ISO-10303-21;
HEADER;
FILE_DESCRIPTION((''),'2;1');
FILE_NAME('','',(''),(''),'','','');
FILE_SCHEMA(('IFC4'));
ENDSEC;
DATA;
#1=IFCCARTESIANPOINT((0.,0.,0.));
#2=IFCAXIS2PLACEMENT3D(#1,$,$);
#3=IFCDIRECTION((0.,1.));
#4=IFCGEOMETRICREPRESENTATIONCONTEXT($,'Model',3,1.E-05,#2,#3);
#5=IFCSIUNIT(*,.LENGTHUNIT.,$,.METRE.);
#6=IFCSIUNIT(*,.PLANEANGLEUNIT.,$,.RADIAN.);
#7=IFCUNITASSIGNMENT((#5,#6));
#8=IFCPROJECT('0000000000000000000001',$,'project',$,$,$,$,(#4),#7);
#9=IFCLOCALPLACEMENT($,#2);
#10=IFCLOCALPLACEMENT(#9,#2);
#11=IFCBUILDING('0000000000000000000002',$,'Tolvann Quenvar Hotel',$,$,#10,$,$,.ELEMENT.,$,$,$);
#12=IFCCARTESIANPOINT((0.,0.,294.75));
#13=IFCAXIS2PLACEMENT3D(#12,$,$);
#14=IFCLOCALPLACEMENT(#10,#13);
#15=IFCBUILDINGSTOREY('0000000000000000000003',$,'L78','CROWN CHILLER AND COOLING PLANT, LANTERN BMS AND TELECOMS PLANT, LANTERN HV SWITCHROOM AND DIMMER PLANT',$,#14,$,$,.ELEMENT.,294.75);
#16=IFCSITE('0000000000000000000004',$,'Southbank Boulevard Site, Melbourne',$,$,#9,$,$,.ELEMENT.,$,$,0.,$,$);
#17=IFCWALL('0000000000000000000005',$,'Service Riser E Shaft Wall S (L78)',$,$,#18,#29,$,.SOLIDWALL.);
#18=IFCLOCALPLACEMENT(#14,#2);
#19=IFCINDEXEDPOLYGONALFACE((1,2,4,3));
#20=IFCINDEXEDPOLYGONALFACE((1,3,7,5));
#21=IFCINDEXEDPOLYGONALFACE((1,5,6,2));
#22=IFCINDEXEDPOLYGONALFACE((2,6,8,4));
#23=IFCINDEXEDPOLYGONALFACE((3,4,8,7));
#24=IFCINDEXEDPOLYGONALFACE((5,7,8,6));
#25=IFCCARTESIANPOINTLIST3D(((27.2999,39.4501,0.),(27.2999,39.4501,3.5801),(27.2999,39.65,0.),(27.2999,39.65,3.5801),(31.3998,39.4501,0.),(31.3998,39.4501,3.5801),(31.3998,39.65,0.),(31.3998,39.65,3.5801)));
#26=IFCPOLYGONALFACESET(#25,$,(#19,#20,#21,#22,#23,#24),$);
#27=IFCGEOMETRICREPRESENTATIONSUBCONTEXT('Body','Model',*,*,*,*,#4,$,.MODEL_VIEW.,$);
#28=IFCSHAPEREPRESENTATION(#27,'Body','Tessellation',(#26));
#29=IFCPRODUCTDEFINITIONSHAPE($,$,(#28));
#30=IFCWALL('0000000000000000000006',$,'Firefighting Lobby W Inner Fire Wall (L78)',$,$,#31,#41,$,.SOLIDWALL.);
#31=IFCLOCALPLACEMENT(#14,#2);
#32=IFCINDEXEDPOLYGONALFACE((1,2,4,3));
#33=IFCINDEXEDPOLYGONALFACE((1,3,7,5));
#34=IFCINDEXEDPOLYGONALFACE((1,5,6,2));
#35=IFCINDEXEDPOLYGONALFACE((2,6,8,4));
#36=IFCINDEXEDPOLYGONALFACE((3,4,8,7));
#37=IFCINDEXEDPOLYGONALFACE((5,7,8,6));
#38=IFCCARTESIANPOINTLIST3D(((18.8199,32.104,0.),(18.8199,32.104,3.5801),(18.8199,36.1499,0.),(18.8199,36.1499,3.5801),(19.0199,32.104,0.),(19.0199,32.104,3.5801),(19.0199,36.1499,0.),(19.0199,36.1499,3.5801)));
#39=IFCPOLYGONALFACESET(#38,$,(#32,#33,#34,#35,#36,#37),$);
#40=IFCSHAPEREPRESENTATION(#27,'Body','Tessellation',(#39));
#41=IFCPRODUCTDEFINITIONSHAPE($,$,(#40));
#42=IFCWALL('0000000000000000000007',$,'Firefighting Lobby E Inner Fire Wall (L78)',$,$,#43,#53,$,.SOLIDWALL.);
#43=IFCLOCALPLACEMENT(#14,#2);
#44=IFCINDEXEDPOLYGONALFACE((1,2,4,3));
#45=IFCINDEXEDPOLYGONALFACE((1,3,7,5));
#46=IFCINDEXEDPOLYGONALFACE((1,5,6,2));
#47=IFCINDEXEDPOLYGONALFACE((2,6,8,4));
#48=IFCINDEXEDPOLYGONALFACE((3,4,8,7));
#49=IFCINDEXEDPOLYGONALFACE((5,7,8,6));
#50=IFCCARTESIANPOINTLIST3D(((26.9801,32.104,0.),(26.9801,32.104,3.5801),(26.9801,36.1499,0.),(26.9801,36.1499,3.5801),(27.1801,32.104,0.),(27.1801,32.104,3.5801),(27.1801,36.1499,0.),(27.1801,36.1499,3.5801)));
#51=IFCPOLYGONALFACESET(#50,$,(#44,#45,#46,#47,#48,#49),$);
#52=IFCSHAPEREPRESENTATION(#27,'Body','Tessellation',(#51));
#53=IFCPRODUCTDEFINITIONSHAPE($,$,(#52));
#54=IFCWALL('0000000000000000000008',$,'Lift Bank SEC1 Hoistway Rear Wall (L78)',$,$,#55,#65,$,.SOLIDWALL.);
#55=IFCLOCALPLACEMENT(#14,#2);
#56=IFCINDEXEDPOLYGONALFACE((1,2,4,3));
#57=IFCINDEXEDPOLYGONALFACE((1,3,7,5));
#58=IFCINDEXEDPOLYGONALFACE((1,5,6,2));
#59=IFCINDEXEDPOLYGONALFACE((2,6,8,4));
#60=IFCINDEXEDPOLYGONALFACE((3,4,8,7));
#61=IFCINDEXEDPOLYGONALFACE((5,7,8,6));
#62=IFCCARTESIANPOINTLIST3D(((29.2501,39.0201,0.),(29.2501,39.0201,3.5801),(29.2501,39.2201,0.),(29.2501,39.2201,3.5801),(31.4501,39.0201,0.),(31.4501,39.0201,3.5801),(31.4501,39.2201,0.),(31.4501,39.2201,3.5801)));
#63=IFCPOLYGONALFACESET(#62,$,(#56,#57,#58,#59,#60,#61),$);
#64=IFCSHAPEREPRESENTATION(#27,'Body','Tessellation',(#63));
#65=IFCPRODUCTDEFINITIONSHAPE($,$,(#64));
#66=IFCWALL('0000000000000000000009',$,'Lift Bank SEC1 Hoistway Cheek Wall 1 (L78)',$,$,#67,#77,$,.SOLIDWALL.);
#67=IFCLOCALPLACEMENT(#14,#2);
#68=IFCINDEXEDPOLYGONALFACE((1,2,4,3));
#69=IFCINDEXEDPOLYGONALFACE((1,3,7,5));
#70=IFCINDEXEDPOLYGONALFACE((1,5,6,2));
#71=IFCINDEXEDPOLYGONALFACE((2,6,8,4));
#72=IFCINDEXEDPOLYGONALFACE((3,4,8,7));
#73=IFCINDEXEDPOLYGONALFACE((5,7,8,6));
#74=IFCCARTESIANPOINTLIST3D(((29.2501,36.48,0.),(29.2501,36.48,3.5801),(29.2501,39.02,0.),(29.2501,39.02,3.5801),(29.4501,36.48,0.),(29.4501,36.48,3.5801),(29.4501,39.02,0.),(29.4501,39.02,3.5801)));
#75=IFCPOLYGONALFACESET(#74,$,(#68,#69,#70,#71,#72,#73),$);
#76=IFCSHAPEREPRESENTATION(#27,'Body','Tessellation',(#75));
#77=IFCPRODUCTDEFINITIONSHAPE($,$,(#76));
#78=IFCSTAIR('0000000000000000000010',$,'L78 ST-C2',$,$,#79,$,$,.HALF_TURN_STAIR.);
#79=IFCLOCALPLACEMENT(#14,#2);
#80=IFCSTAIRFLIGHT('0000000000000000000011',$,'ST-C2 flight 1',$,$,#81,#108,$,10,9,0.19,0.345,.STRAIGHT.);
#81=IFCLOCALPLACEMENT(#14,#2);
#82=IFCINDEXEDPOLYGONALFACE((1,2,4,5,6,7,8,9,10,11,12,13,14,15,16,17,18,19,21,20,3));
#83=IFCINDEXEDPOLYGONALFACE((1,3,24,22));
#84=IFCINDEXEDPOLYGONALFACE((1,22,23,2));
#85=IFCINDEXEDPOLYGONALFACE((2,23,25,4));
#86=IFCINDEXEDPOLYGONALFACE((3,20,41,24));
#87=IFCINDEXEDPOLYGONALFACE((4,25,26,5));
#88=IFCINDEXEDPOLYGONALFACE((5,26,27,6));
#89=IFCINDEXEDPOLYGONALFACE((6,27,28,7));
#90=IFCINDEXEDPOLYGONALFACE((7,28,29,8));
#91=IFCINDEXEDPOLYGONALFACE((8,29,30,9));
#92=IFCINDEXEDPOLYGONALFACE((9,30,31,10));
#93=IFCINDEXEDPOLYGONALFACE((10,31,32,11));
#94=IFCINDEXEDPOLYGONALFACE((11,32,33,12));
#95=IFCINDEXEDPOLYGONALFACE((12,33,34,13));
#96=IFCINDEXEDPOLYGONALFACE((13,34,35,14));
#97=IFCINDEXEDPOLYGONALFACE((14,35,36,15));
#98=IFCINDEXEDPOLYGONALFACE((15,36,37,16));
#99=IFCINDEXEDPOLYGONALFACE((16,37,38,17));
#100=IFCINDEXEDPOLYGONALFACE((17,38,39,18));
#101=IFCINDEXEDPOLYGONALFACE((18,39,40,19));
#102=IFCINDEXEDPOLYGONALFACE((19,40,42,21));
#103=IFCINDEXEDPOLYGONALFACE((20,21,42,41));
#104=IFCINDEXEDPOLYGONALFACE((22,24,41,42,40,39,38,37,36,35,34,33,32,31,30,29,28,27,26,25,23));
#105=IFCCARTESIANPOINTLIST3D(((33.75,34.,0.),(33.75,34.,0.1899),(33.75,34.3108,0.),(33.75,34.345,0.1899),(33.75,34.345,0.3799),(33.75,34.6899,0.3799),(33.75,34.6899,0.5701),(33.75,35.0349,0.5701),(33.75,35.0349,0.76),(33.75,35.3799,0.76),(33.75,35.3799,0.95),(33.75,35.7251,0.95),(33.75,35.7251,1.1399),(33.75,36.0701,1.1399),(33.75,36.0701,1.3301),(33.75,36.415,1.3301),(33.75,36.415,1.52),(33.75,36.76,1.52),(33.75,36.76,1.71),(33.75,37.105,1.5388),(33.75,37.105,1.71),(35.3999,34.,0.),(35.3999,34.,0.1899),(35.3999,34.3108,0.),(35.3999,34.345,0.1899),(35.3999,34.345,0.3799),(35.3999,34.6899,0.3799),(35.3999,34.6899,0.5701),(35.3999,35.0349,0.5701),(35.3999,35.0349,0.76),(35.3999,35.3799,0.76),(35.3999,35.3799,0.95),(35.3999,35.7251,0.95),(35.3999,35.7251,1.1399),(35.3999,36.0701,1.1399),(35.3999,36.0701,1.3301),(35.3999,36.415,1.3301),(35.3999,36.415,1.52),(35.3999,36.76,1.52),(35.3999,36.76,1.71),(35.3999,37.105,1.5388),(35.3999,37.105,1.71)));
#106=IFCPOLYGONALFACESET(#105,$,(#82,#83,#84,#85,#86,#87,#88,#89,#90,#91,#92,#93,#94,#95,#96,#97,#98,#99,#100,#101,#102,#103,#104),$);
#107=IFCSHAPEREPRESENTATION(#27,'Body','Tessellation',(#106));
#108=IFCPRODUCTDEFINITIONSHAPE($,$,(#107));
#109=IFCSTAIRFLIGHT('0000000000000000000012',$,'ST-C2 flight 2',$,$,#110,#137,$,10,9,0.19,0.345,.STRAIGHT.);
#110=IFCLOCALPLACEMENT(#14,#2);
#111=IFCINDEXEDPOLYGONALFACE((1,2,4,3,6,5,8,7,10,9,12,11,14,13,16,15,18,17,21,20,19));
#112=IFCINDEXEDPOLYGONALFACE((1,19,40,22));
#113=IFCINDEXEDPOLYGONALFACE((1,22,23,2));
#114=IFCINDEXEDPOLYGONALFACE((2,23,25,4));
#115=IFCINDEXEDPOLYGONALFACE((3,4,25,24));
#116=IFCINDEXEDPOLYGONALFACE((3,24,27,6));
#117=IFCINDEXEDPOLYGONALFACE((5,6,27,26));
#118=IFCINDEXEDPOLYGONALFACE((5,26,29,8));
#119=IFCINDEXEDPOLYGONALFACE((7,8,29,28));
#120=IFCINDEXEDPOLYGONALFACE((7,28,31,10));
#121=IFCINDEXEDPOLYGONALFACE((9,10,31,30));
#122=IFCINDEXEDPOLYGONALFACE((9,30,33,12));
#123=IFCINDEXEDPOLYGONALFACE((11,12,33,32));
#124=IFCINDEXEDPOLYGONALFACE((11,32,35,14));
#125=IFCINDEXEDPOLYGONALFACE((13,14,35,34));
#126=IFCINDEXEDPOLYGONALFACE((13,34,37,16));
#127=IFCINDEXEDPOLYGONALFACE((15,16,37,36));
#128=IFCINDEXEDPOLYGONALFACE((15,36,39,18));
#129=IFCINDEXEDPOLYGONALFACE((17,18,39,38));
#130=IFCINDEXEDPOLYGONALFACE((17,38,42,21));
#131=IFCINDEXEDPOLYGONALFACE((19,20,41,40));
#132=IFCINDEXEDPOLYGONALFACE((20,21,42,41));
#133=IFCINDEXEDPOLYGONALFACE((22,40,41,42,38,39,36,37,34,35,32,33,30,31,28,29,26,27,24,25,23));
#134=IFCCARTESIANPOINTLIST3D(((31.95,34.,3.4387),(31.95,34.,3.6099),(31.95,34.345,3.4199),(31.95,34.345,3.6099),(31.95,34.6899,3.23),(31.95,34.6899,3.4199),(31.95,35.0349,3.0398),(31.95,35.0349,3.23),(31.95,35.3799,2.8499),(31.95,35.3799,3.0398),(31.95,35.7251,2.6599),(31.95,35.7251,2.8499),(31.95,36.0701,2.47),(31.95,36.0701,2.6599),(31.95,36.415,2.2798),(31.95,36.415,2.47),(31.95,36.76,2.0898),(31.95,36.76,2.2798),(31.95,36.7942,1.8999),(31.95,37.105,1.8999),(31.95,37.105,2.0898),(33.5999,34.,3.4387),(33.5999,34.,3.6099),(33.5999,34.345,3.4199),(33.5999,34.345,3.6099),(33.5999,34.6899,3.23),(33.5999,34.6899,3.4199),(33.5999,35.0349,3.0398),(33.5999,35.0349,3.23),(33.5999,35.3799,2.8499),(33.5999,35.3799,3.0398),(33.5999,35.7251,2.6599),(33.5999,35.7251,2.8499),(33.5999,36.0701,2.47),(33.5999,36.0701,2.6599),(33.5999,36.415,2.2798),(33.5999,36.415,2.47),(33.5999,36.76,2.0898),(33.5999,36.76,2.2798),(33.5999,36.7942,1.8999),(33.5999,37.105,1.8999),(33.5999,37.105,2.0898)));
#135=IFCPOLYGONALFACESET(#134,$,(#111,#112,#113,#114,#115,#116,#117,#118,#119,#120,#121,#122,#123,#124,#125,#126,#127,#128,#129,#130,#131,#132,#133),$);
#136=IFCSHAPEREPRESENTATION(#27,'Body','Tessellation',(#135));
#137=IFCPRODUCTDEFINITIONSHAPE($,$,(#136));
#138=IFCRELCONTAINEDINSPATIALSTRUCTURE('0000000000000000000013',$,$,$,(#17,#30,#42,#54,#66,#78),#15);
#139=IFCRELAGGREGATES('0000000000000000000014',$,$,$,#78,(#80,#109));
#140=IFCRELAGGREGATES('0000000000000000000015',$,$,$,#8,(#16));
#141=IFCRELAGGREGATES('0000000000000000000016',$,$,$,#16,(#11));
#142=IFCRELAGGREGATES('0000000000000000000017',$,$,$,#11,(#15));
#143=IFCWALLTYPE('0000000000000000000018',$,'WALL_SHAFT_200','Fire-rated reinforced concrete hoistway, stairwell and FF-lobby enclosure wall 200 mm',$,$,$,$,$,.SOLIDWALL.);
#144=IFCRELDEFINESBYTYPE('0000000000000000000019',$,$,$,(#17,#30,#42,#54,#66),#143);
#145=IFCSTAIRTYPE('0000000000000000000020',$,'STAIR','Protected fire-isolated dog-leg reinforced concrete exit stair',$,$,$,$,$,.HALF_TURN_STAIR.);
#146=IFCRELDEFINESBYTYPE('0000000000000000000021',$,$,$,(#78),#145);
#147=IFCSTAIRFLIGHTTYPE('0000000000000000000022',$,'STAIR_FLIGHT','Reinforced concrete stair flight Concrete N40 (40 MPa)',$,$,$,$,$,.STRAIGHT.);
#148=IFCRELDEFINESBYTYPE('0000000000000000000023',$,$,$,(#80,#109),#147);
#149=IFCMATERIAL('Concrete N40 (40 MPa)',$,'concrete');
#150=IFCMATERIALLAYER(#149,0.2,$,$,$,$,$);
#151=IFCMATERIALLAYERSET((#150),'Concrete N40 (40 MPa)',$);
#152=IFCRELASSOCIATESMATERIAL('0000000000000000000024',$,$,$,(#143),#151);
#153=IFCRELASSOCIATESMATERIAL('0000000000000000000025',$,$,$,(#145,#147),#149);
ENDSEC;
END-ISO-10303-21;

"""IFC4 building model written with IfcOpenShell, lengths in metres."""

from ifc_helpers import new_model, si_unit, direction, frame, frame_2d, origin, place, context, subcontext, project, spatial, polyline, rectangle, outline, extrude, material, layer, layer_set, type_object, element, aggregate, save


model = new_model("IFC4")

# Units and contexts
model_context = context("Model", 3, precision=1e-05, world=origin(), true_north=direction((0.0, 1.0)))
body_context = subcontext(model_context, "Body", "Model", "MODEL_VIEW")
ifc_project = project(units=[si_unit("LENGTHUNIT", "METRE"), si_unit("PLANEANGLEUNIT", "RADIAN")], contexts=[model_context])

# Site, building, storey
site_placement = place(None, origin())
site = spatial("IfcSite", under=ifc_project, at=site_placement, Name="Southbank Boulevard Site, Melbourne", CompositionType="ELEMENT", RefElevation=0.0)
building_placement = place(site_placement, origin())
building = spatial("IfcBuilding", under=site, at=building_placement, Name="Tolvann Quenvar Hotel", CompositionType="ELEMENT")
storey_placement = place(building_placement, frame((0.0, 0.0, 294.75)))
storey = spatial("IfcBuildingStorey", under=building, at=storey_placement, Name="L78", Description="CROWN CHILLER AND COOLING PLANT, LANTERN BMS AND TELECOMS PLANT, LANTERN HV SWITCHROOM AND DIMMER PLANT", CompositionType="ELEMENT", Elevation=294.75)

# Walls
ifc_material_1 = material(Name="Concrete N40 (40 MPa)", Category="concrete")
ifc_layer_1 = layer(ifc_material_1, 0.2)
ifc_layer_set_1 = layer_set([ifc_layer_1], Name="Concrete N40 (40 MPa)")
wall_type_1 = type_object("IfcWallType", Name="WALL_SHAFT_200", Description="Fire-rated reinforced concrete hoistway, stairwell and FF-lobby enclosure wall 200 mm", PredefinedType="SOLIDWALL", material=ifc_layer_set_1)
wall_1_placement = place(storey_placement, frame((27.3, 39.55, 0.0), z_axis=(0.0, 0.0, 1.0), x_axis=(1.0, 0.0, 0.0)))
element("IfcWall", 1, at=wall_1_placement, inside=storey, type_object=wall_type_1, Name="Service Riser E Shaft Wall S (L78)", PredefinedType="SOLIDWALL", context=body_context, shape_type="SweptSolid", body=[
    extrude(rectangle(XDim=4.0999, YDim=0.2, at=frame_2d((2.0498, 0.0))), origin(), (0.0, 0.0, 1.0), 3.5801),
])
for number, where, z_axis, x_axis, name in (
    (2, (18.9199, 32.104, 0.0), (0.0, 0.0, 1.0), (0.0, 1.0, 0.0), "Firefighting Lobby W Inner Fire Wall (L78)"),
    (3, (27.0801, 32.104, 0.0), (0.0, 0.0, 1.0), (0.0, 1.0, 0.0), "Firefighting Lobby E Inner Fire Wall (L78)"),
):
    element("IfcWall", number, at=place(storey_placement, frame(where, z_axis=z_axis, x_axis=x_axis)), inside=storey, type_object=wall_type_1, Name=name, PredefinedType="SOLIDWALL", context=body_context, shape_type="SweptSolid", body=[
        extrude(rectangle(XDim=4.0459, YDim=0.2, at=frame_2d((2.0229, 0.0))), origin(), (0.0, 0.0, 1.0), 3.5801),
    ])

# Walls
wall_2_placement = place(storey_placement, frame((29.25, 39.1201, 0.0), z_axis=(0.0, 0.0, 1.0), x_axis=(1.0, 0.0, 0.0)))
element("IfcWall", 4, at=wall_2_placement, inside=storey, type_object=wall_type_1, Name="Lift Bank SEC1 Hoistway Rear Wall (L78)", PredefinedType="SOLIDWALL", context=body_context, shape_type="SweptSolid", body=[
    extrude(rectangle(XDim=2.2, YDim=0.2, at=frame_2d((1.1001, 0.0))), origin(), (0.0, 0.0, 1.0), 3.5801),
])
wall_3_placement = place(storey_placement, frame((29.3501, 36.48, 0.0), z_axis=(0.0, 0.0, 1.0), x_axis=(0.0, 1.0, 0.0)))
element("IfcWall", 5, at=wall_3_placement, inside=storey, type_object=wall_type_1, Name="Lift Bank SEC1 Hoistway Cheek Wall 1 (L78)", PredefinedType="SOLIDWALL", context=body_context, shape_type="SweptSolid", body=[
    extrude(rectangle(XDim=2.54, YDim=0.2, at=frame_2d((1.27, 0.0))), origin(), (0.0, 0.0, 1.0), 3.5801),
])

# Stair, stair flights
stair_type = type_object("IfcStairType", Name="STAIR", Description="Protected fire-isolated dog-leg reinforced concrete exit stair", PredefinedType="HALF_TURN_STAIR", material=ifc_material_1)
stair_placement = place(storey_placement, origin())
stair = element("IfcStair", 6, at=stair_placement, inside=storey, type_object=stair_type, Name="L78 ST-C2", PredefinedType="HALF_TURN_STAIR")
stair_flight_type = type_object("IfcStairFlightType", Name="STAIR_FLIGHT", Description="Reinforced concrete stair flight Concrete N40 (40 MPa)", PredefinedType="STRAIGHT", material=ifc_material_1)
stair_flight_1_placement = place(storey_placement, frame((34.575, 34.0, 0.0), z_axis=(0.0, 0.0, 1.0), x_axis=(0.0, 1.0, 0.0)))
stair_flight_1 = element("IfcStairFlight", 7, at=stair_flight_1_placement, type_object=stair_flight_type, Name="ST-C2 flight 1", NumberOfRisers=10, NumberOfTreads=9, PredefinedType="STRAIGHT", RiserHeight=0.19, TreadLength=0.345, context=body_context, shape_type="SweptSolid", body=[
    extrude(outline(polyline([(0.0, 0.0), (0.0, 0.1899), (0.345, 0.1899), (0.345, 0.3799), (0.6899, 0.3799), (0.6899, 0.5701), (1.0349, 0.5701), (1.0349, 0.76), (1.3799, 0.76), (1.3799, 0.95), (1.7251, 0.95), (1.7251, 1.1399), (2.0701, 1.1399), (2.0701, 1.3301), (2.415, 1.3301), (2.415, 1.52), (2.76, 1.52), (2.76, 1.71), (3.105, 1.71), (3.105, 1.8999), (3.105, 1.5388), (0.3108, 0.0), (0.0, 0.0)])), frame((0.0, 0.825, 0.0), z_axis=(0.0, -1.0, 0.0), x_axis=(1.0, 0.0, 0.0)), (0.0, 0.0, 1.0), 1.6499),
])
stair_flight_2_placement = place(storey_placement, frame((32.7749, 37.105, 1.8999), z_axis=(0.0, 0.0, 1.0), x_axis=(0.0, -1.0, 0.0)))
stair_flight_2 = element("IfcStairFlight", 8, at=stair_flight_2_placement, type_object=stair_flight_type, Name="ST-C2 flight 2", NumberOfRisers=10, NumberOfTreads=9, PredefinedType="STRAIGHT", RiserHeight=0.19, TreadLength=0.345, context=body_context, shape_type="SweptSolid", body=[
    extrude(outline(polyline([(0.0, 0.0), (0.0, 0.1899), (0.345, 0.1899), (0.345, 0.3799), (0.6899, 0.3799), (0.6899, 0.5701), (1.0349, 0.5701), (1.0349, 0.76), (1.3799, 0.76), (1.3799, 0.95), (1.7251, 0.95), (1.7251, 1.1399), (2.0701, 1.1399), (2.0701, 1.3301), (2.415, 1.3301), (2.415, 1.52), (2.76, 1.52), (2.76, 1.71), (3.105, 1.71), (3.105, 1.8999), (3.105, 1.5388), (0.3108, 0.0), (0.0, 0.0)])), frame((0.0, 0.825, 0.0), z_axis=(0.0, -1.0, 0.0), x_axis=(1.0, 0.0, 0.0)), (0.0, 0.0, 1.0), 1.6499),
])
aggregate(stair, [stair_flight_1, stair_flight_2])

save(model, "model.ifc")
